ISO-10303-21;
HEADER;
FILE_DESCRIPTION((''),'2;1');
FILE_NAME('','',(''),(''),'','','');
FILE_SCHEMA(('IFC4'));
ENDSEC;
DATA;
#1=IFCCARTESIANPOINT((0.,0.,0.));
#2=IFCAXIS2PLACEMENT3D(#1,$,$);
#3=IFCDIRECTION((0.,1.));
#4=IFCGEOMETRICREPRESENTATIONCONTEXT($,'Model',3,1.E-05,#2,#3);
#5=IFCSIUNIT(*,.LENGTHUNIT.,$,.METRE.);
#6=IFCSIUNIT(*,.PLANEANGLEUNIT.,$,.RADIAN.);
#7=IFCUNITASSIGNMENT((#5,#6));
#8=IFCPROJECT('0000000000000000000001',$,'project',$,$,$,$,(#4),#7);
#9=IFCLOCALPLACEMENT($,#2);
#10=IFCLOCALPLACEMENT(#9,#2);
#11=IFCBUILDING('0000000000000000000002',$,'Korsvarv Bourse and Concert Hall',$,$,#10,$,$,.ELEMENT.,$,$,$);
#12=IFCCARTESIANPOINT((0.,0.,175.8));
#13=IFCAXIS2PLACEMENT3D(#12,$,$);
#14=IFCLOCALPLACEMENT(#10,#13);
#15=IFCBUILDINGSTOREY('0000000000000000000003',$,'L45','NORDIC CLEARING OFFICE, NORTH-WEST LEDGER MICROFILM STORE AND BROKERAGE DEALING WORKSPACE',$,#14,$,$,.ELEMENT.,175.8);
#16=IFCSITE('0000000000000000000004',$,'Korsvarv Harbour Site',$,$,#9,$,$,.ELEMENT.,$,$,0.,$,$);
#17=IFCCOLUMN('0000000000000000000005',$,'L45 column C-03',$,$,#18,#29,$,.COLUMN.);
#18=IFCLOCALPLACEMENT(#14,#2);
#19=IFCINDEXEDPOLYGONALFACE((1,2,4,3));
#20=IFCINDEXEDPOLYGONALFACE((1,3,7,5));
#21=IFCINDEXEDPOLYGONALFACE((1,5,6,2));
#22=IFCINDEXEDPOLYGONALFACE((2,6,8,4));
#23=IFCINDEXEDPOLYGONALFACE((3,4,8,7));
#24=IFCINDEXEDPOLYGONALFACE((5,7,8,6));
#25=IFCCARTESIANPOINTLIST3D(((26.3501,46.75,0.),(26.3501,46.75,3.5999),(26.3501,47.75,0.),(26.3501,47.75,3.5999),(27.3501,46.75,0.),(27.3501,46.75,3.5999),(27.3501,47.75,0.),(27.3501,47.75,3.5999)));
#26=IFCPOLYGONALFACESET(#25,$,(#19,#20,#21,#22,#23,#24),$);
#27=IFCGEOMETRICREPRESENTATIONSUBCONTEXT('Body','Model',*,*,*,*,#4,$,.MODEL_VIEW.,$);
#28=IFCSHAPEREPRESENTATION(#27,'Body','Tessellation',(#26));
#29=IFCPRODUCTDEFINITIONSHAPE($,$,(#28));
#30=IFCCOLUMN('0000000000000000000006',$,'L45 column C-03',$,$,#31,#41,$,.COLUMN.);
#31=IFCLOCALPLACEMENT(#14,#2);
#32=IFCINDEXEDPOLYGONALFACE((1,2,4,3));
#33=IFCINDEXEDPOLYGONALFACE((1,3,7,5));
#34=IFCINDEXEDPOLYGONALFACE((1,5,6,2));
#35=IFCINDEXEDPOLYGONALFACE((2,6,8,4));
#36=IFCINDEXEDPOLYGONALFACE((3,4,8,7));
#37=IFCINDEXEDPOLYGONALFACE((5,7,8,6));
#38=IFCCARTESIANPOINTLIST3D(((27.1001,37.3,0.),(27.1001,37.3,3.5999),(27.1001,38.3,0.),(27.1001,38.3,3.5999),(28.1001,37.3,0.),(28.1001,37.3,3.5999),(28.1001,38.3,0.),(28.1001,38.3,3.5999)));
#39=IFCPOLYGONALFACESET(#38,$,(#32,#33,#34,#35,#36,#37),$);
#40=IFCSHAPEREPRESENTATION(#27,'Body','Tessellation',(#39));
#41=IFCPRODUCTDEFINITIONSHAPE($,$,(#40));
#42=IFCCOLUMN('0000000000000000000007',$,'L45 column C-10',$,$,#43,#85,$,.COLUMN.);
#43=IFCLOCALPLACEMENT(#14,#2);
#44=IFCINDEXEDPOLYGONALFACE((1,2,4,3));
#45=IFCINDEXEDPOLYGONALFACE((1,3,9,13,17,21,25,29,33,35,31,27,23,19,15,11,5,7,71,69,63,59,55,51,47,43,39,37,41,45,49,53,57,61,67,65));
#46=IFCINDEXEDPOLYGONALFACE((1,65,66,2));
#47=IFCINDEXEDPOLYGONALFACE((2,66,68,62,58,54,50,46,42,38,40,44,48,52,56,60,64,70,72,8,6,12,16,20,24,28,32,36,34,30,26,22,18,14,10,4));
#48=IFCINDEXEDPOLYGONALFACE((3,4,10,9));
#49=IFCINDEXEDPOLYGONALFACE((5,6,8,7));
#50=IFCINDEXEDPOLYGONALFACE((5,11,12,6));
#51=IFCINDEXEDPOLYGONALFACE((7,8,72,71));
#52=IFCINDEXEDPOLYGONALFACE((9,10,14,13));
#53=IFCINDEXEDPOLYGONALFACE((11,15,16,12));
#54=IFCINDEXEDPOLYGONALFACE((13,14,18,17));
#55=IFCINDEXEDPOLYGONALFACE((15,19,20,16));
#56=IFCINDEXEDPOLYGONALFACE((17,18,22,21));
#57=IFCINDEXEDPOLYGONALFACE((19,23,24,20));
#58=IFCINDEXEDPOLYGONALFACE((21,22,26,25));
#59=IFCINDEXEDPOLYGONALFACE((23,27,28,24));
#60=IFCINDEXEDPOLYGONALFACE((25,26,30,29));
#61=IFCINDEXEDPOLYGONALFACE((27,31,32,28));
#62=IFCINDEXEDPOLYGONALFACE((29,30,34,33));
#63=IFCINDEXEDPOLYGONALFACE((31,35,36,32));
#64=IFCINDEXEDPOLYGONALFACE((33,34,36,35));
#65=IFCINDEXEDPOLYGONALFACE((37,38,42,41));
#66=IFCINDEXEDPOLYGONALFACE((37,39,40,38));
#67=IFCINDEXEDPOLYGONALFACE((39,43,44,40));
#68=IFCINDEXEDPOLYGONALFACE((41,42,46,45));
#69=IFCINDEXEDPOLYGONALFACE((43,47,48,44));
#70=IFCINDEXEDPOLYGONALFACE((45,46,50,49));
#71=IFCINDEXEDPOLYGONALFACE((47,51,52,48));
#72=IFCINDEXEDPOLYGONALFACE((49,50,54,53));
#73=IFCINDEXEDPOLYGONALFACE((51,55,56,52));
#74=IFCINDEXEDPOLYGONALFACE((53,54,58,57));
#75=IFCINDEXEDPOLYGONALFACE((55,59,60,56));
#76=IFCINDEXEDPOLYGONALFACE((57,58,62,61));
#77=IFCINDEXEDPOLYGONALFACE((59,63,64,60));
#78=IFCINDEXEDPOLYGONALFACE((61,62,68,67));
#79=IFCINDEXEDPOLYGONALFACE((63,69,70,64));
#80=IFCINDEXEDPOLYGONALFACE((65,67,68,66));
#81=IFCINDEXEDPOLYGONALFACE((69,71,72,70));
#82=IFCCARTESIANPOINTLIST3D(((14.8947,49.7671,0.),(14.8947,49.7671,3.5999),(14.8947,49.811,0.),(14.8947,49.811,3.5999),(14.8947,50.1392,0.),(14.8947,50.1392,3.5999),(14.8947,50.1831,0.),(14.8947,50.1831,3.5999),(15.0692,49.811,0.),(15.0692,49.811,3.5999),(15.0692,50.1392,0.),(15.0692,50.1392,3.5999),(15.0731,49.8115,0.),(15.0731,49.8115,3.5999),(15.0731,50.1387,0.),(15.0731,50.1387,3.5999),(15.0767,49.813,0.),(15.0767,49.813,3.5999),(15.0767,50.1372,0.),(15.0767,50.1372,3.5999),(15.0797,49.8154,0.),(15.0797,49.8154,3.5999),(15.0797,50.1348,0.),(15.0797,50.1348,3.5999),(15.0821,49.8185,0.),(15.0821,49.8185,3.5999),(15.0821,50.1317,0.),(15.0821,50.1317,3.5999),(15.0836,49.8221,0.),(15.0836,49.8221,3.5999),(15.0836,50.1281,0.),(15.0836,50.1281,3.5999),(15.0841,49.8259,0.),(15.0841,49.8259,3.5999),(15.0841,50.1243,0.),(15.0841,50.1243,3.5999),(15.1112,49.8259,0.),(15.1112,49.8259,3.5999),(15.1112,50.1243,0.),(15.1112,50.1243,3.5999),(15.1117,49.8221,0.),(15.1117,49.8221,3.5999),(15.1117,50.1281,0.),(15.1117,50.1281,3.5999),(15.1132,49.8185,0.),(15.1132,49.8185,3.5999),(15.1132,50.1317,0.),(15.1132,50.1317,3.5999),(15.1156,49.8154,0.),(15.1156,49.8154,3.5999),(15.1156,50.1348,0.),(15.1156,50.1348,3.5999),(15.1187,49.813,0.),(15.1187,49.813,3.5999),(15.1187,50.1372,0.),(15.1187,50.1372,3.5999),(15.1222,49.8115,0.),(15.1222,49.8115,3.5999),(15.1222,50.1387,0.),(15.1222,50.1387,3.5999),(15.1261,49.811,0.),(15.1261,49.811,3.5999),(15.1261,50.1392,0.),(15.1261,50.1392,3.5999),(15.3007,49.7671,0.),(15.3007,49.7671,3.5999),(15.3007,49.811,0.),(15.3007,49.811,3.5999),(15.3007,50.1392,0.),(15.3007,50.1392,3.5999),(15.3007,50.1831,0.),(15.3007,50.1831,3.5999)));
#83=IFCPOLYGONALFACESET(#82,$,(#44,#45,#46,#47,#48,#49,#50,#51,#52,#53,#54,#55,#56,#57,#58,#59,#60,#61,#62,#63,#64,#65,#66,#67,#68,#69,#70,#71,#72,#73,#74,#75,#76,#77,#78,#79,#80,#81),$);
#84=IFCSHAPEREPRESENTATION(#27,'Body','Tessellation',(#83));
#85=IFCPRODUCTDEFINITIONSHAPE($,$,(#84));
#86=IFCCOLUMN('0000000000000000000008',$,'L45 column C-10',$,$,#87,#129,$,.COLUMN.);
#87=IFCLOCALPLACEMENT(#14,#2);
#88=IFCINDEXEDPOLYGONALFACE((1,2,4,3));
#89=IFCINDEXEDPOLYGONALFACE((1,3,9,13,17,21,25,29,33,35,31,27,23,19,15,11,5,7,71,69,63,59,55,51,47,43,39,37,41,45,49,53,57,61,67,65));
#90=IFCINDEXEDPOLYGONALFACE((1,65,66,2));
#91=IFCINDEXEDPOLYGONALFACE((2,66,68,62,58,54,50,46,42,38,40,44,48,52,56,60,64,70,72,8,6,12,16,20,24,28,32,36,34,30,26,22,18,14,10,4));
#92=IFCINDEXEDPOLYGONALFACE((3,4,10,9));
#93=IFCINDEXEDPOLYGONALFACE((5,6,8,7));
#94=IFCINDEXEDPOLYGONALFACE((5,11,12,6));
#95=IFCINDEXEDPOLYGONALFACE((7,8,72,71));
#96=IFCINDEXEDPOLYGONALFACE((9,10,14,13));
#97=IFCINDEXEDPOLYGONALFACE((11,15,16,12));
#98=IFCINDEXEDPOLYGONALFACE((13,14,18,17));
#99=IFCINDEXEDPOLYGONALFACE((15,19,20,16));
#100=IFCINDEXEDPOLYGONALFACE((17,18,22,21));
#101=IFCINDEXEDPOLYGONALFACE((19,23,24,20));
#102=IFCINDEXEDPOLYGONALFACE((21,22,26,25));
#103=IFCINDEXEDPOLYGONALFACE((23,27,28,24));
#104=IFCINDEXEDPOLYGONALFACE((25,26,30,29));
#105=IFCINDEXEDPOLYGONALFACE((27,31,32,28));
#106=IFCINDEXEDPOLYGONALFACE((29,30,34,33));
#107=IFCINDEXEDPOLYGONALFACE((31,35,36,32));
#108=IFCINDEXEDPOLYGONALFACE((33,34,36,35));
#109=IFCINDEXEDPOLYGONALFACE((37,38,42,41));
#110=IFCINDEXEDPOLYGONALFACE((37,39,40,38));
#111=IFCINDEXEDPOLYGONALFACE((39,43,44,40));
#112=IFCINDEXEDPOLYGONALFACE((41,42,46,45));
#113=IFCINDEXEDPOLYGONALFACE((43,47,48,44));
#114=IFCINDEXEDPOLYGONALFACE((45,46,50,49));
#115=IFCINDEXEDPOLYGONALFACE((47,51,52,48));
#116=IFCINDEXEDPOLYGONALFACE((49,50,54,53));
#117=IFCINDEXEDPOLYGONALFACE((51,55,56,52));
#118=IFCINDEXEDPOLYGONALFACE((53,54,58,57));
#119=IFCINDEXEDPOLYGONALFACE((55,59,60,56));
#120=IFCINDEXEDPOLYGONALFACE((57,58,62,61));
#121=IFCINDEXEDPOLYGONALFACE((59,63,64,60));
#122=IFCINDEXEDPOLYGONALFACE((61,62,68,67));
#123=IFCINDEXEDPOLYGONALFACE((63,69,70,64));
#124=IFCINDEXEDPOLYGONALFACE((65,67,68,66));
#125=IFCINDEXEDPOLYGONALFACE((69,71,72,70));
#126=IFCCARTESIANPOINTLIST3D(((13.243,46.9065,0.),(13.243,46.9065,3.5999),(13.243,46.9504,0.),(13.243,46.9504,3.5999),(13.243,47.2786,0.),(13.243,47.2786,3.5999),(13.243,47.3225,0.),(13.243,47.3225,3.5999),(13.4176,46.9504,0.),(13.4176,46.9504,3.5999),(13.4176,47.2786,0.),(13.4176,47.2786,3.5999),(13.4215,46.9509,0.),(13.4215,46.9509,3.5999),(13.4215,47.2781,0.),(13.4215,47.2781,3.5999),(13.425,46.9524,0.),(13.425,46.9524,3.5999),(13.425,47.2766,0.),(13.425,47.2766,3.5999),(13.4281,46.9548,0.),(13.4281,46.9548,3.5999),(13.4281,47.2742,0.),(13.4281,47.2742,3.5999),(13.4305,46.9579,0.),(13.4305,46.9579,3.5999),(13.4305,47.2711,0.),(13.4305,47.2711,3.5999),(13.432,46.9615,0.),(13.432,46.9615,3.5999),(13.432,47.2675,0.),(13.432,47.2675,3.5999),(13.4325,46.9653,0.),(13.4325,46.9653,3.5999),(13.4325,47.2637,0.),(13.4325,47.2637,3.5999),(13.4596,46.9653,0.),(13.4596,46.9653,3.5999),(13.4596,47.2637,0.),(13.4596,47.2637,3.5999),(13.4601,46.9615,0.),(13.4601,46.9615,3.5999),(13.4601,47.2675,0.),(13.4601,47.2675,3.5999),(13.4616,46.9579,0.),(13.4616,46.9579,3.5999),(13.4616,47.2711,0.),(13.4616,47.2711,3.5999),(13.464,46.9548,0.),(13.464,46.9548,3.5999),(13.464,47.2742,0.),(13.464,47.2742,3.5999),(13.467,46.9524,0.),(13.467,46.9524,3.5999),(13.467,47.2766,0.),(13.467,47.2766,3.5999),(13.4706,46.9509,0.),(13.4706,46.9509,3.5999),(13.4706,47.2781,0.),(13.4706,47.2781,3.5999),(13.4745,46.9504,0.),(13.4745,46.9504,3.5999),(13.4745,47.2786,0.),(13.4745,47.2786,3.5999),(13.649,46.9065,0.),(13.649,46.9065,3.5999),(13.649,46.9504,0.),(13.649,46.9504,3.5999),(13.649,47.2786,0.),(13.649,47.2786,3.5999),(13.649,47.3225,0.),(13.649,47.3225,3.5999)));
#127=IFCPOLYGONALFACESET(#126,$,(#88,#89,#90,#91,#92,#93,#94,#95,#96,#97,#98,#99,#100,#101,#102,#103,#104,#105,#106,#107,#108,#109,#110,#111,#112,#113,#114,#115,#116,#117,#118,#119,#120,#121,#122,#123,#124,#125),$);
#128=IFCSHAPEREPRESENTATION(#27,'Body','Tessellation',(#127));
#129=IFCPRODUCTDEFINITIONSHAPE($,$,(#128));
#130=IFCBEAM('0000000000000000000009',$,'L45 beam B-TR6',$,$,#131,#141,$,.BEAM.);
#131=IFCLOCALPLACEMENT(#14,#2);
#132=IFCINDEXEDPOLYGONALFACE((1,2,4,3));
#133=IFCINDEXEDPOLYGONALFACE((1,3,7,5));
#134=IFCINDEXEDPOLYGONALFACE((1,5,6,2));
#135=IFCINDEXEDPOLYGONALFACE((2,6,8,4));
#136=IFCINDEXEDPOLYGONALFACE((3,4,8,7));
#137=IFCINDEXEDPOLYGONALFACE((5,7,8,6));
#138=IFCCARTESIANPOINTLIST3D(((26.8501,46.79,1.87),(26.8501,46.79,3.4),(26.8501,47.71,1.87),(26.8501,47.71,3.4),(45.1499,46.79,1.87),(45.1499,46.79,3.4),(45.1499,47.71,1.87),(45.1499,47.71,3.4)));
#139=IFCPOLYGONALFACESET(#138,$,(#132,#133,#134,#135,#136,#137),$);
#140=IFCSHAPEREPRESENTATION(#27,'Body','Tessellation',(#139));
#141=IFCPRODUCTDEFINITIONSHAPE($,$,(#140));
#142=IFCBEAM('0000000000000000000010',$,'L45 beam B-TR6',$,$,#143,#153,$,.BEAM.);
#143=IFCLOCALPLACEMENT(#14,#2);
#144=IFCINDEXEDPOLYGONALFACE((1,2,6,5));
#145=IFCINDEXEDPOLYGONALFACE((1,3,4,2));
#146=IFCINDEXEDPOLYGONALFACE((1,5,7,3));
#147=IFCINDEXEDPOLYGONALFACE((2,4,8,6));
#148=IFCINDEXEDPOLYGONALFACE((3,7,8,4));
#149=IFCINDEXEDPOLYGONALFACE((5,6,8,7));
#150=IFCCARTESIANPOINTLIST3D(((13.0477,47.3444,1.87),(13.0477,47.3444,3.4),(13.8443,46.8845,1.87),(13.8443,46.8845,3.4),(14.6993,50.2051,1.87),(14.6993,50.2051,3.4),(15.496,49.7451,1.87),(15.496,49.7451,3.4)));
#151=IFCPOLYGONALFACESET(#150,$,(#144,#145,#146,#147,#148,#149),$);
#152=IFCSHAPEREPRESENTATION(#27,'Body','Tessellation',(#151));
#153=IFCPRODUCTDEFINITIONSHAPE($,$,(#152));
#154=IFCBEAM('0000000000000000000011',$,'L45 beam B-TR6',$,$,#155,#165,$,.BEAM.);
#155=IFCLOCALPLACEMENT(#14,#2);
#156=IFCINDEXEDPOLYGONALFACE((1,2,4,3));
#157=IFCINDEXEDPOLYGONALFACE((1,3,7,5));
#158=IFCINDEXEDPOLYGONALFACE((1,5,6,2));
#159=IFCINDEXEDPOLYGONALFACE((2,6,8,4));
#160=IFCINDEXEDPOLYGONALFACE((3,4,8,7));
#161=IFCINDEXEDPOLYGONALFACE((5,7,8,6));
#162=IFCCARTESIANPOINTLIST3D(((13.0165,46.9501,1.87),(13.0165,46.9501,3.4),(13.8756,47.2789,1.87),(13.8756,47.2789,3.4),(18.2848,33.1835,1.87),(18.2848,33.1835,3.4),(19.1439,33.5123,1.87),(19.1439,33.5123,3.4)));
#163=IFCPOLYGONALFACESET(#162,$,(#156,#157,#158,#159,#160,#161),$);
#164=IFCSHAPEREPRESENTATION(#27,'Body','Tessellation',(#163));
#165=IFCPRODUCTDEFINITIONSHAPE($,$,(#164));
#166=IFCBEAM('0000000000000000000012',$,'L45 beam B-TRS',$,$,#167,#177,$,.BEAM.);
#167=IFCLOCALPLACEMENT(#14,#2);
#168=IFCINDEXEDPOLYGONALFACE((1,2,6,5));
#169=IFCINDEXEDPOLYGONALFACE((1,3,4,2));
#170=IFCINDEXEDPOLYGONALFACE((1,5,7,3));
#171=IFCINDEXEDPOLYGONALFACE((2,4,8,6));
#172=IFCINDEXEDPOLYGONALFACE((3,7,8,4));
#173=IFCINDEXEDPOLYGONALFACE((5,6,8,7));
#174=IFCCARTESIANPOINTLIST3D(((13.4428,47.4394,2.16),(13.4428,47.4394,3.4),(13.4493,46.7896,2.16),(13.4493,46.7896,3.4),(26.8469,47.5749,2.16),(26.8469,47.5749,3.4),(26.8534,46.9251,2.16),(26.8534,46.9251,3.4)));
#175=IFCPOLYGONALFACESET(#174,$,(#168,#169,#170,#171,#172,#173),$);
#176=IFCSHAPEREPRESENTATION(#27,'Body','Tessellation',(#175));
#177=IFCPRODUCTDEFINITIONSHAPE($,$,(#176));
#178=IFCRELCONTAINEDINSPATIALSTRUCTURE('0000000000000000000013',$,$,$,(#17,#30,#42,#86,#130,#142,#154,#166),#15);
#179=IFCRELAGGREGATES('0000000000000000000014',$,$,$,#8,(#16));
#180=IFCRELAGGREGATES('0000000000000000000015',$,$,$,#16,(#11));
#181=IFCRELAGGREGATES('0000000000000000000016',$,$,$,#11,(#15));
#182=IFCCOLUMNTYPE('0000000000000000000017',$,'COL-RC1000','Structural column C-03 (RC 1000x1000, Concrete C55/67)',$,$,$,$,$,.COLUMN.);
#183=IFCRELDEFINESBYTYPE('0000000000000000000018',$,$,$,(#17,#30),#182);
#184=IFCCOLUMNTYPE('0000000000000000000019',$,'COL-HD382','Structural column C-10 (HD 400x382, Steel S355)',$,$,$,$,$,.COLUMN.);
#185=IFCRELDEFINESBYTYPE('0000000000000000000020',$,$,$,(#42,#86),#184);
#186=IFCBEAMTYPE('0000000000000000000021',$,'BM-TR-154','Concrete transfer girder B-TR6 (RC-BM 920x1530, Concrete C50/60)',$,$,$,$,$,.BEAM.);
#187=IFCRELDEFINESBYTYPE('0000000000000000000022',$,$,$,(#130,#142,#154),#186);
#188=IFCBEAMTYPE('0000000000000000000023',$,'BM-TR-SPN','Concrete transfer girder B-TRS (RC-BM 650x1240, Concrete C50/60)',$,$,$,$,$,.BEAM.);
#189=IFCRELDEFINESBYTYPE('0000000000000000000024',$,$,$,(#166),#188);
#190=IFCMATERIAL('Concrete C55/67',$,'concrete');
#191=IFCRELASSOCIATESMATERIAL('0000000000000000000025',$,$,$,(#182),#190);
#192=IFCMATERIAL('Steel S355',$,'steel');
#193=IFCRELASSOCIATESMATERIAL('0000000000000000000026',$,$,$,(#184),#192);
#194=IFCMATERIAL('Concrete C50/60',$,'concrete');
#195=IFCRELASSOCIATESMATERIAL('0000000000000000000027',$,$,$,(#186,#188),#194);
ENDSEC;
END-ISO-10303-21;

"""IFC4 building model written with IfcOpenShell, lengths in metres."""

from ifc_helpers import new_model, si_unit, direction, frame, origin, origin_2d, place, context, subcontext, project, spatial, rectangle, i_section, extrude, source, transform, mapped, material, material_profile, profile_set, type_object, element, save


model = new_model("IFC4")

# Units and contexts
model_context = context("Model", 3, precision=1e-05, world=origin(), true_north=direction((0.0, 1.0)))
body_context = subcontext(model_context, "Body", "Model", "MODEL_VIEW")
ifc_project = project(units=[si_unit("LENGTHUNIT", "METRE"), si_unit("PLANEANGLEUNIT", "RADIAN")], contexts=[model_context])

# Site, building, storey
site_placement = place(None, origin())
site = spatial("IfcSite", under=ifc_project, at=site_placement, Name="Korsvarv Harbour Site", CompositionType="ELEMENT", RefElevation=0.0)
building_placement = place(site_placement, origin())
building = spatial("IfcBuilding", under=site, at=building_placement, Name="Korsvarv Bourse and Concert Hall", CompositionType="ELEMENT")
storey_placement = place(building_placement, frame((0.0, 0.0, 175.8)))
storey = spatial("IfcBuildingStorey", under=building, at=storey_placement, Name="L45", Description="NORDIC CLEARING OFFICE, NORTH-WEST LEDGER MICROFILM STORE AND BROKERAGE DEALING WORKSPACE", CompositionType="ELEMENT", Elevation=175.8)

# Columns
ifc_material_1 = material(Name="Concrete C55/67", Category="concrete")
ifc_material_profile_1 = material_profile(ifc_material_1, rectangle(XDim=1.0, YDim=1.0, at=origin_2d()), Name="RC 1000x1000")
ifc_profile_set_1 = profile_set([ifc_material_profile_1], Name="Concrete C55/67")
column_type_1 = type_object("IfcColumnType", Name="COL-RC1000", Description="Structural column C-03 (RC 1000x1000, Concrete C55/67)", PredefinedType="COLUMN", material=ifc_profile_set_1)
shared_shape_1 = source(origin(), body_context, "Body", "SweptSolid", [
    extrude(rectangle(XDim=1.0, YDim=1.0, at=origin_2d()), origin(), (0.0, 0.0, 1.0), 3.5999),
])
for number, where, z_axis, x_axis, name in (
    (1, (26.8501, 47.25, 0.0), (0.0, 0.0, 1.0), (1.0, 0.0, 0.0), "L45 column C-03"),
    (2, (27.6001, 37.8, 0.0), (0.0, 0.0, 1.0), (1.0, 0.0, 0.0), "L45 column C-03"),
):
    element("IfcColumn", number, at=place(storey_placement, frame(where, z_axis=z_axis, x_axis=x_axis)), inside=storey, type_object=column_type_1, Name=name, PredefinedType="COLUMN", context=body_context, shape_type="MappedRepresentation", body=[
        mapped(shared_shape_1, transform((0.0, 0.0, 0.0), scale=1.0)),
    ])
ifc_material_2 = material(Name="Steel S355", Category="steel")
ifc_material_profile_2 = material_profile(ifc_material_2, i_section(OverallWidth=0.406, OverallDepth=0.416, WebThickness=0.0271, FlangeThickness=0.0439, FilletRadius=0.0149, at=origin_2d()), Name="HD 400x382")
ifc_profile_set_2 = profile_set([ifc_material_profile_2], Name="Steel S355")
column_type_2 = type_object("IfcColumnType", Name="COL-HD382", Description="Structural column C-10 (HD 400x382, Steel S355)", PredefinedType="COLUMN", material=ifc_profile_set_2)
shared_shape_2 = source(origin(), body_context, "Body", "SweptSolid", [
    extrude(i_section(OverallWidth=0.406, OverallDepth=0.416, WebThickness=0.0271, FlangeThickness=0.0439, FilletRadius=0.0149, at=origin_2d()), origin(), (0.0, 0.0, 1.0), 3.5999),
])
for number, where, z_axis, x_axis, name in (
    (3, (15.0977, 49.9751, 0.0), (0.0, 0.0, 1.0), (1.0, 0.0, 0.0), "L45 column C-10"),
    (4, (13.446, 47.1145, 0.0), (0.0, 0.0, 1.0), (1.0, 0.0, 0.0), "L45 column C-10"),
):
    element("IfcColumn", number, at=place(storey_placement, frame(where, z_axis=z_axis, x_axis=x_axis)), inside=storey, type_object=column_type_2, Name=name, PredefinedType="COLUMN", context=body_context, shape_type="MappedRepresentation", body=[
        mapped(shared_shape_2, transform((0.0, 0.0, 0.0), scale=1.0)),
    ])

# Beams
ifc_material_3 = material(Name="Concrete C50/60", Category="concrete")
ifc_material_profile_3 = material_profile(ifc_material_3, rectangle(XDim=0.9199, YDim=1.53, at=origin_2d()), Name="RC-BM 920x1530")
ifc_profile_set_3 = profile_set([ifc_material_profile_3], Name="Concrete C50/60")
beam_type_1 = type_object("IfcBeamType", Name="BM-TR-154", Description="Concrete transfer girder B-TR6 (RC-BM 920x1530, Concrete C50/60)", PredefinedType="BEAM", material=ifc_profile_set_3)
shared_shape_3 = source(origin(), body_context, "Body", "SweptSolid", [
    extrude(rectangle(XDim=0.9199, YDim=1.53, at=origin_2d()), origin(), (0.0, 0.0, 1.0), 18.2998),
])
beam_1_placement = place(storey_placement, frame((26.8501, 47.25, 2.635), z_axis=(1.0, 0.0, 0.0), x_axis=(0.0, 1.0, 0.0)))
element("IfcBeam", 5, at=beam_1_placement, inside=storey, type_object=beam_type_1, Name="L45 beam B-TR6", PredefinedType="BEAM", context=body_context, shape_type="MappedRepresentation", body=[
    mapped(shared_shape_3, transform((0.0, 0.0, 0.0), scale=1.0)),
])
shared_shape_4 = source(origin(), body_context, "Body", "SweptSolid", [
    extrude(rectangle(XDim=0.9199, YDim=1.53, at=origin_2d()), origin(), (0.0, 0.0, 1.0), 3.3032),
])
beam_2_placement = place(storey_placement, frame((15.0977, 49.9751, 2.635), z_axis=(-0.50001, -0.866019, 0.0), x_axis=(0.866019, -0.50001, 0.0)))
element("IfcBeam", 6, at=beam_2_placement, inside=storey, type_object=beam_type_1, Name="L45 beam B-TR6", PredefinedType="BEAM", context=body_context, shape_type="MappedRepresentation", body=[
    mapped(shared_shape_4, transform((0.0, 0.0, 0.0), scale=1.0)),
])
shared_shape_5 = source(origin(), body_context, "Body", "SweptSolid", [
    extrude(rectangle(XDim=0.9199, YDim=1.53, at=origin_2d()), origin(), (0.0, 0.0, 1.0), 14.7402),
])
beam_3_placement = place(storey_placement, frame((13.446, 47.1145, 2.635), z_axis=(0.35741, -0.933947, 0.0), x_axis=(0.933947, 0.35741, 0.0)))
element("IfcBeam", 7, at=beam_3_placement, inside=storey, type_object=beam_type_1, Name="L45 beam B-TR6", PredefinedType="BEAM", context=body_context, shape_type="MappedRepresentation", body=[
    mapped(shared_shape_5, transform((0.0, 0.0, 0.0), scale=1.0)),
])
ifc_material_profile_4 = material_profile(ifc_material_3, rectangle(XDim=0.6499, YDim=1.24, at=origin_2d()), Name="RC-BM 650x1240")
ifc_profile_set_4 = profile_set([ifc_material_profile_4], Name="Concrete C50/60")
beam_type_2 = type_object("IfcBeamType", Name="BM-TR-SPN", Description="Concrete transfer girder B-TRS (RC-BM 650x1240, Concrete C50/60)", PredefinedType="BEAM", material=ifc_profile_set_4)
shared_shape_6 = source(origin(), body_context, "Body", "SweptSolid", [
    extrude(rectangle(XDim=0.6499, YDim=1.24, at=origin_2d()), origin(), (0.0, 0.0, 1.0), 13.4048),
])
beam_4_placement = place(storey_placement, frame((13.446, 47.1145, 2.78), z_axis=(0.999949, 0.010108, 0.0), x_axis=(-0.010108, 0.999949, 0.0)))
element("IfcBeam", 8, at=beam_4_placement, inside=storey, type_object=beam_type_2, Name="L45 beam B-TRS", PredefinedType="BEAM", context=body_context, shape_type="MappedRepresentation", body=[
    mapped(shared_shape_6, transform((0.0, 0.0, 0.0), scale=1.0)),
])

save(model, "model.ifc")
